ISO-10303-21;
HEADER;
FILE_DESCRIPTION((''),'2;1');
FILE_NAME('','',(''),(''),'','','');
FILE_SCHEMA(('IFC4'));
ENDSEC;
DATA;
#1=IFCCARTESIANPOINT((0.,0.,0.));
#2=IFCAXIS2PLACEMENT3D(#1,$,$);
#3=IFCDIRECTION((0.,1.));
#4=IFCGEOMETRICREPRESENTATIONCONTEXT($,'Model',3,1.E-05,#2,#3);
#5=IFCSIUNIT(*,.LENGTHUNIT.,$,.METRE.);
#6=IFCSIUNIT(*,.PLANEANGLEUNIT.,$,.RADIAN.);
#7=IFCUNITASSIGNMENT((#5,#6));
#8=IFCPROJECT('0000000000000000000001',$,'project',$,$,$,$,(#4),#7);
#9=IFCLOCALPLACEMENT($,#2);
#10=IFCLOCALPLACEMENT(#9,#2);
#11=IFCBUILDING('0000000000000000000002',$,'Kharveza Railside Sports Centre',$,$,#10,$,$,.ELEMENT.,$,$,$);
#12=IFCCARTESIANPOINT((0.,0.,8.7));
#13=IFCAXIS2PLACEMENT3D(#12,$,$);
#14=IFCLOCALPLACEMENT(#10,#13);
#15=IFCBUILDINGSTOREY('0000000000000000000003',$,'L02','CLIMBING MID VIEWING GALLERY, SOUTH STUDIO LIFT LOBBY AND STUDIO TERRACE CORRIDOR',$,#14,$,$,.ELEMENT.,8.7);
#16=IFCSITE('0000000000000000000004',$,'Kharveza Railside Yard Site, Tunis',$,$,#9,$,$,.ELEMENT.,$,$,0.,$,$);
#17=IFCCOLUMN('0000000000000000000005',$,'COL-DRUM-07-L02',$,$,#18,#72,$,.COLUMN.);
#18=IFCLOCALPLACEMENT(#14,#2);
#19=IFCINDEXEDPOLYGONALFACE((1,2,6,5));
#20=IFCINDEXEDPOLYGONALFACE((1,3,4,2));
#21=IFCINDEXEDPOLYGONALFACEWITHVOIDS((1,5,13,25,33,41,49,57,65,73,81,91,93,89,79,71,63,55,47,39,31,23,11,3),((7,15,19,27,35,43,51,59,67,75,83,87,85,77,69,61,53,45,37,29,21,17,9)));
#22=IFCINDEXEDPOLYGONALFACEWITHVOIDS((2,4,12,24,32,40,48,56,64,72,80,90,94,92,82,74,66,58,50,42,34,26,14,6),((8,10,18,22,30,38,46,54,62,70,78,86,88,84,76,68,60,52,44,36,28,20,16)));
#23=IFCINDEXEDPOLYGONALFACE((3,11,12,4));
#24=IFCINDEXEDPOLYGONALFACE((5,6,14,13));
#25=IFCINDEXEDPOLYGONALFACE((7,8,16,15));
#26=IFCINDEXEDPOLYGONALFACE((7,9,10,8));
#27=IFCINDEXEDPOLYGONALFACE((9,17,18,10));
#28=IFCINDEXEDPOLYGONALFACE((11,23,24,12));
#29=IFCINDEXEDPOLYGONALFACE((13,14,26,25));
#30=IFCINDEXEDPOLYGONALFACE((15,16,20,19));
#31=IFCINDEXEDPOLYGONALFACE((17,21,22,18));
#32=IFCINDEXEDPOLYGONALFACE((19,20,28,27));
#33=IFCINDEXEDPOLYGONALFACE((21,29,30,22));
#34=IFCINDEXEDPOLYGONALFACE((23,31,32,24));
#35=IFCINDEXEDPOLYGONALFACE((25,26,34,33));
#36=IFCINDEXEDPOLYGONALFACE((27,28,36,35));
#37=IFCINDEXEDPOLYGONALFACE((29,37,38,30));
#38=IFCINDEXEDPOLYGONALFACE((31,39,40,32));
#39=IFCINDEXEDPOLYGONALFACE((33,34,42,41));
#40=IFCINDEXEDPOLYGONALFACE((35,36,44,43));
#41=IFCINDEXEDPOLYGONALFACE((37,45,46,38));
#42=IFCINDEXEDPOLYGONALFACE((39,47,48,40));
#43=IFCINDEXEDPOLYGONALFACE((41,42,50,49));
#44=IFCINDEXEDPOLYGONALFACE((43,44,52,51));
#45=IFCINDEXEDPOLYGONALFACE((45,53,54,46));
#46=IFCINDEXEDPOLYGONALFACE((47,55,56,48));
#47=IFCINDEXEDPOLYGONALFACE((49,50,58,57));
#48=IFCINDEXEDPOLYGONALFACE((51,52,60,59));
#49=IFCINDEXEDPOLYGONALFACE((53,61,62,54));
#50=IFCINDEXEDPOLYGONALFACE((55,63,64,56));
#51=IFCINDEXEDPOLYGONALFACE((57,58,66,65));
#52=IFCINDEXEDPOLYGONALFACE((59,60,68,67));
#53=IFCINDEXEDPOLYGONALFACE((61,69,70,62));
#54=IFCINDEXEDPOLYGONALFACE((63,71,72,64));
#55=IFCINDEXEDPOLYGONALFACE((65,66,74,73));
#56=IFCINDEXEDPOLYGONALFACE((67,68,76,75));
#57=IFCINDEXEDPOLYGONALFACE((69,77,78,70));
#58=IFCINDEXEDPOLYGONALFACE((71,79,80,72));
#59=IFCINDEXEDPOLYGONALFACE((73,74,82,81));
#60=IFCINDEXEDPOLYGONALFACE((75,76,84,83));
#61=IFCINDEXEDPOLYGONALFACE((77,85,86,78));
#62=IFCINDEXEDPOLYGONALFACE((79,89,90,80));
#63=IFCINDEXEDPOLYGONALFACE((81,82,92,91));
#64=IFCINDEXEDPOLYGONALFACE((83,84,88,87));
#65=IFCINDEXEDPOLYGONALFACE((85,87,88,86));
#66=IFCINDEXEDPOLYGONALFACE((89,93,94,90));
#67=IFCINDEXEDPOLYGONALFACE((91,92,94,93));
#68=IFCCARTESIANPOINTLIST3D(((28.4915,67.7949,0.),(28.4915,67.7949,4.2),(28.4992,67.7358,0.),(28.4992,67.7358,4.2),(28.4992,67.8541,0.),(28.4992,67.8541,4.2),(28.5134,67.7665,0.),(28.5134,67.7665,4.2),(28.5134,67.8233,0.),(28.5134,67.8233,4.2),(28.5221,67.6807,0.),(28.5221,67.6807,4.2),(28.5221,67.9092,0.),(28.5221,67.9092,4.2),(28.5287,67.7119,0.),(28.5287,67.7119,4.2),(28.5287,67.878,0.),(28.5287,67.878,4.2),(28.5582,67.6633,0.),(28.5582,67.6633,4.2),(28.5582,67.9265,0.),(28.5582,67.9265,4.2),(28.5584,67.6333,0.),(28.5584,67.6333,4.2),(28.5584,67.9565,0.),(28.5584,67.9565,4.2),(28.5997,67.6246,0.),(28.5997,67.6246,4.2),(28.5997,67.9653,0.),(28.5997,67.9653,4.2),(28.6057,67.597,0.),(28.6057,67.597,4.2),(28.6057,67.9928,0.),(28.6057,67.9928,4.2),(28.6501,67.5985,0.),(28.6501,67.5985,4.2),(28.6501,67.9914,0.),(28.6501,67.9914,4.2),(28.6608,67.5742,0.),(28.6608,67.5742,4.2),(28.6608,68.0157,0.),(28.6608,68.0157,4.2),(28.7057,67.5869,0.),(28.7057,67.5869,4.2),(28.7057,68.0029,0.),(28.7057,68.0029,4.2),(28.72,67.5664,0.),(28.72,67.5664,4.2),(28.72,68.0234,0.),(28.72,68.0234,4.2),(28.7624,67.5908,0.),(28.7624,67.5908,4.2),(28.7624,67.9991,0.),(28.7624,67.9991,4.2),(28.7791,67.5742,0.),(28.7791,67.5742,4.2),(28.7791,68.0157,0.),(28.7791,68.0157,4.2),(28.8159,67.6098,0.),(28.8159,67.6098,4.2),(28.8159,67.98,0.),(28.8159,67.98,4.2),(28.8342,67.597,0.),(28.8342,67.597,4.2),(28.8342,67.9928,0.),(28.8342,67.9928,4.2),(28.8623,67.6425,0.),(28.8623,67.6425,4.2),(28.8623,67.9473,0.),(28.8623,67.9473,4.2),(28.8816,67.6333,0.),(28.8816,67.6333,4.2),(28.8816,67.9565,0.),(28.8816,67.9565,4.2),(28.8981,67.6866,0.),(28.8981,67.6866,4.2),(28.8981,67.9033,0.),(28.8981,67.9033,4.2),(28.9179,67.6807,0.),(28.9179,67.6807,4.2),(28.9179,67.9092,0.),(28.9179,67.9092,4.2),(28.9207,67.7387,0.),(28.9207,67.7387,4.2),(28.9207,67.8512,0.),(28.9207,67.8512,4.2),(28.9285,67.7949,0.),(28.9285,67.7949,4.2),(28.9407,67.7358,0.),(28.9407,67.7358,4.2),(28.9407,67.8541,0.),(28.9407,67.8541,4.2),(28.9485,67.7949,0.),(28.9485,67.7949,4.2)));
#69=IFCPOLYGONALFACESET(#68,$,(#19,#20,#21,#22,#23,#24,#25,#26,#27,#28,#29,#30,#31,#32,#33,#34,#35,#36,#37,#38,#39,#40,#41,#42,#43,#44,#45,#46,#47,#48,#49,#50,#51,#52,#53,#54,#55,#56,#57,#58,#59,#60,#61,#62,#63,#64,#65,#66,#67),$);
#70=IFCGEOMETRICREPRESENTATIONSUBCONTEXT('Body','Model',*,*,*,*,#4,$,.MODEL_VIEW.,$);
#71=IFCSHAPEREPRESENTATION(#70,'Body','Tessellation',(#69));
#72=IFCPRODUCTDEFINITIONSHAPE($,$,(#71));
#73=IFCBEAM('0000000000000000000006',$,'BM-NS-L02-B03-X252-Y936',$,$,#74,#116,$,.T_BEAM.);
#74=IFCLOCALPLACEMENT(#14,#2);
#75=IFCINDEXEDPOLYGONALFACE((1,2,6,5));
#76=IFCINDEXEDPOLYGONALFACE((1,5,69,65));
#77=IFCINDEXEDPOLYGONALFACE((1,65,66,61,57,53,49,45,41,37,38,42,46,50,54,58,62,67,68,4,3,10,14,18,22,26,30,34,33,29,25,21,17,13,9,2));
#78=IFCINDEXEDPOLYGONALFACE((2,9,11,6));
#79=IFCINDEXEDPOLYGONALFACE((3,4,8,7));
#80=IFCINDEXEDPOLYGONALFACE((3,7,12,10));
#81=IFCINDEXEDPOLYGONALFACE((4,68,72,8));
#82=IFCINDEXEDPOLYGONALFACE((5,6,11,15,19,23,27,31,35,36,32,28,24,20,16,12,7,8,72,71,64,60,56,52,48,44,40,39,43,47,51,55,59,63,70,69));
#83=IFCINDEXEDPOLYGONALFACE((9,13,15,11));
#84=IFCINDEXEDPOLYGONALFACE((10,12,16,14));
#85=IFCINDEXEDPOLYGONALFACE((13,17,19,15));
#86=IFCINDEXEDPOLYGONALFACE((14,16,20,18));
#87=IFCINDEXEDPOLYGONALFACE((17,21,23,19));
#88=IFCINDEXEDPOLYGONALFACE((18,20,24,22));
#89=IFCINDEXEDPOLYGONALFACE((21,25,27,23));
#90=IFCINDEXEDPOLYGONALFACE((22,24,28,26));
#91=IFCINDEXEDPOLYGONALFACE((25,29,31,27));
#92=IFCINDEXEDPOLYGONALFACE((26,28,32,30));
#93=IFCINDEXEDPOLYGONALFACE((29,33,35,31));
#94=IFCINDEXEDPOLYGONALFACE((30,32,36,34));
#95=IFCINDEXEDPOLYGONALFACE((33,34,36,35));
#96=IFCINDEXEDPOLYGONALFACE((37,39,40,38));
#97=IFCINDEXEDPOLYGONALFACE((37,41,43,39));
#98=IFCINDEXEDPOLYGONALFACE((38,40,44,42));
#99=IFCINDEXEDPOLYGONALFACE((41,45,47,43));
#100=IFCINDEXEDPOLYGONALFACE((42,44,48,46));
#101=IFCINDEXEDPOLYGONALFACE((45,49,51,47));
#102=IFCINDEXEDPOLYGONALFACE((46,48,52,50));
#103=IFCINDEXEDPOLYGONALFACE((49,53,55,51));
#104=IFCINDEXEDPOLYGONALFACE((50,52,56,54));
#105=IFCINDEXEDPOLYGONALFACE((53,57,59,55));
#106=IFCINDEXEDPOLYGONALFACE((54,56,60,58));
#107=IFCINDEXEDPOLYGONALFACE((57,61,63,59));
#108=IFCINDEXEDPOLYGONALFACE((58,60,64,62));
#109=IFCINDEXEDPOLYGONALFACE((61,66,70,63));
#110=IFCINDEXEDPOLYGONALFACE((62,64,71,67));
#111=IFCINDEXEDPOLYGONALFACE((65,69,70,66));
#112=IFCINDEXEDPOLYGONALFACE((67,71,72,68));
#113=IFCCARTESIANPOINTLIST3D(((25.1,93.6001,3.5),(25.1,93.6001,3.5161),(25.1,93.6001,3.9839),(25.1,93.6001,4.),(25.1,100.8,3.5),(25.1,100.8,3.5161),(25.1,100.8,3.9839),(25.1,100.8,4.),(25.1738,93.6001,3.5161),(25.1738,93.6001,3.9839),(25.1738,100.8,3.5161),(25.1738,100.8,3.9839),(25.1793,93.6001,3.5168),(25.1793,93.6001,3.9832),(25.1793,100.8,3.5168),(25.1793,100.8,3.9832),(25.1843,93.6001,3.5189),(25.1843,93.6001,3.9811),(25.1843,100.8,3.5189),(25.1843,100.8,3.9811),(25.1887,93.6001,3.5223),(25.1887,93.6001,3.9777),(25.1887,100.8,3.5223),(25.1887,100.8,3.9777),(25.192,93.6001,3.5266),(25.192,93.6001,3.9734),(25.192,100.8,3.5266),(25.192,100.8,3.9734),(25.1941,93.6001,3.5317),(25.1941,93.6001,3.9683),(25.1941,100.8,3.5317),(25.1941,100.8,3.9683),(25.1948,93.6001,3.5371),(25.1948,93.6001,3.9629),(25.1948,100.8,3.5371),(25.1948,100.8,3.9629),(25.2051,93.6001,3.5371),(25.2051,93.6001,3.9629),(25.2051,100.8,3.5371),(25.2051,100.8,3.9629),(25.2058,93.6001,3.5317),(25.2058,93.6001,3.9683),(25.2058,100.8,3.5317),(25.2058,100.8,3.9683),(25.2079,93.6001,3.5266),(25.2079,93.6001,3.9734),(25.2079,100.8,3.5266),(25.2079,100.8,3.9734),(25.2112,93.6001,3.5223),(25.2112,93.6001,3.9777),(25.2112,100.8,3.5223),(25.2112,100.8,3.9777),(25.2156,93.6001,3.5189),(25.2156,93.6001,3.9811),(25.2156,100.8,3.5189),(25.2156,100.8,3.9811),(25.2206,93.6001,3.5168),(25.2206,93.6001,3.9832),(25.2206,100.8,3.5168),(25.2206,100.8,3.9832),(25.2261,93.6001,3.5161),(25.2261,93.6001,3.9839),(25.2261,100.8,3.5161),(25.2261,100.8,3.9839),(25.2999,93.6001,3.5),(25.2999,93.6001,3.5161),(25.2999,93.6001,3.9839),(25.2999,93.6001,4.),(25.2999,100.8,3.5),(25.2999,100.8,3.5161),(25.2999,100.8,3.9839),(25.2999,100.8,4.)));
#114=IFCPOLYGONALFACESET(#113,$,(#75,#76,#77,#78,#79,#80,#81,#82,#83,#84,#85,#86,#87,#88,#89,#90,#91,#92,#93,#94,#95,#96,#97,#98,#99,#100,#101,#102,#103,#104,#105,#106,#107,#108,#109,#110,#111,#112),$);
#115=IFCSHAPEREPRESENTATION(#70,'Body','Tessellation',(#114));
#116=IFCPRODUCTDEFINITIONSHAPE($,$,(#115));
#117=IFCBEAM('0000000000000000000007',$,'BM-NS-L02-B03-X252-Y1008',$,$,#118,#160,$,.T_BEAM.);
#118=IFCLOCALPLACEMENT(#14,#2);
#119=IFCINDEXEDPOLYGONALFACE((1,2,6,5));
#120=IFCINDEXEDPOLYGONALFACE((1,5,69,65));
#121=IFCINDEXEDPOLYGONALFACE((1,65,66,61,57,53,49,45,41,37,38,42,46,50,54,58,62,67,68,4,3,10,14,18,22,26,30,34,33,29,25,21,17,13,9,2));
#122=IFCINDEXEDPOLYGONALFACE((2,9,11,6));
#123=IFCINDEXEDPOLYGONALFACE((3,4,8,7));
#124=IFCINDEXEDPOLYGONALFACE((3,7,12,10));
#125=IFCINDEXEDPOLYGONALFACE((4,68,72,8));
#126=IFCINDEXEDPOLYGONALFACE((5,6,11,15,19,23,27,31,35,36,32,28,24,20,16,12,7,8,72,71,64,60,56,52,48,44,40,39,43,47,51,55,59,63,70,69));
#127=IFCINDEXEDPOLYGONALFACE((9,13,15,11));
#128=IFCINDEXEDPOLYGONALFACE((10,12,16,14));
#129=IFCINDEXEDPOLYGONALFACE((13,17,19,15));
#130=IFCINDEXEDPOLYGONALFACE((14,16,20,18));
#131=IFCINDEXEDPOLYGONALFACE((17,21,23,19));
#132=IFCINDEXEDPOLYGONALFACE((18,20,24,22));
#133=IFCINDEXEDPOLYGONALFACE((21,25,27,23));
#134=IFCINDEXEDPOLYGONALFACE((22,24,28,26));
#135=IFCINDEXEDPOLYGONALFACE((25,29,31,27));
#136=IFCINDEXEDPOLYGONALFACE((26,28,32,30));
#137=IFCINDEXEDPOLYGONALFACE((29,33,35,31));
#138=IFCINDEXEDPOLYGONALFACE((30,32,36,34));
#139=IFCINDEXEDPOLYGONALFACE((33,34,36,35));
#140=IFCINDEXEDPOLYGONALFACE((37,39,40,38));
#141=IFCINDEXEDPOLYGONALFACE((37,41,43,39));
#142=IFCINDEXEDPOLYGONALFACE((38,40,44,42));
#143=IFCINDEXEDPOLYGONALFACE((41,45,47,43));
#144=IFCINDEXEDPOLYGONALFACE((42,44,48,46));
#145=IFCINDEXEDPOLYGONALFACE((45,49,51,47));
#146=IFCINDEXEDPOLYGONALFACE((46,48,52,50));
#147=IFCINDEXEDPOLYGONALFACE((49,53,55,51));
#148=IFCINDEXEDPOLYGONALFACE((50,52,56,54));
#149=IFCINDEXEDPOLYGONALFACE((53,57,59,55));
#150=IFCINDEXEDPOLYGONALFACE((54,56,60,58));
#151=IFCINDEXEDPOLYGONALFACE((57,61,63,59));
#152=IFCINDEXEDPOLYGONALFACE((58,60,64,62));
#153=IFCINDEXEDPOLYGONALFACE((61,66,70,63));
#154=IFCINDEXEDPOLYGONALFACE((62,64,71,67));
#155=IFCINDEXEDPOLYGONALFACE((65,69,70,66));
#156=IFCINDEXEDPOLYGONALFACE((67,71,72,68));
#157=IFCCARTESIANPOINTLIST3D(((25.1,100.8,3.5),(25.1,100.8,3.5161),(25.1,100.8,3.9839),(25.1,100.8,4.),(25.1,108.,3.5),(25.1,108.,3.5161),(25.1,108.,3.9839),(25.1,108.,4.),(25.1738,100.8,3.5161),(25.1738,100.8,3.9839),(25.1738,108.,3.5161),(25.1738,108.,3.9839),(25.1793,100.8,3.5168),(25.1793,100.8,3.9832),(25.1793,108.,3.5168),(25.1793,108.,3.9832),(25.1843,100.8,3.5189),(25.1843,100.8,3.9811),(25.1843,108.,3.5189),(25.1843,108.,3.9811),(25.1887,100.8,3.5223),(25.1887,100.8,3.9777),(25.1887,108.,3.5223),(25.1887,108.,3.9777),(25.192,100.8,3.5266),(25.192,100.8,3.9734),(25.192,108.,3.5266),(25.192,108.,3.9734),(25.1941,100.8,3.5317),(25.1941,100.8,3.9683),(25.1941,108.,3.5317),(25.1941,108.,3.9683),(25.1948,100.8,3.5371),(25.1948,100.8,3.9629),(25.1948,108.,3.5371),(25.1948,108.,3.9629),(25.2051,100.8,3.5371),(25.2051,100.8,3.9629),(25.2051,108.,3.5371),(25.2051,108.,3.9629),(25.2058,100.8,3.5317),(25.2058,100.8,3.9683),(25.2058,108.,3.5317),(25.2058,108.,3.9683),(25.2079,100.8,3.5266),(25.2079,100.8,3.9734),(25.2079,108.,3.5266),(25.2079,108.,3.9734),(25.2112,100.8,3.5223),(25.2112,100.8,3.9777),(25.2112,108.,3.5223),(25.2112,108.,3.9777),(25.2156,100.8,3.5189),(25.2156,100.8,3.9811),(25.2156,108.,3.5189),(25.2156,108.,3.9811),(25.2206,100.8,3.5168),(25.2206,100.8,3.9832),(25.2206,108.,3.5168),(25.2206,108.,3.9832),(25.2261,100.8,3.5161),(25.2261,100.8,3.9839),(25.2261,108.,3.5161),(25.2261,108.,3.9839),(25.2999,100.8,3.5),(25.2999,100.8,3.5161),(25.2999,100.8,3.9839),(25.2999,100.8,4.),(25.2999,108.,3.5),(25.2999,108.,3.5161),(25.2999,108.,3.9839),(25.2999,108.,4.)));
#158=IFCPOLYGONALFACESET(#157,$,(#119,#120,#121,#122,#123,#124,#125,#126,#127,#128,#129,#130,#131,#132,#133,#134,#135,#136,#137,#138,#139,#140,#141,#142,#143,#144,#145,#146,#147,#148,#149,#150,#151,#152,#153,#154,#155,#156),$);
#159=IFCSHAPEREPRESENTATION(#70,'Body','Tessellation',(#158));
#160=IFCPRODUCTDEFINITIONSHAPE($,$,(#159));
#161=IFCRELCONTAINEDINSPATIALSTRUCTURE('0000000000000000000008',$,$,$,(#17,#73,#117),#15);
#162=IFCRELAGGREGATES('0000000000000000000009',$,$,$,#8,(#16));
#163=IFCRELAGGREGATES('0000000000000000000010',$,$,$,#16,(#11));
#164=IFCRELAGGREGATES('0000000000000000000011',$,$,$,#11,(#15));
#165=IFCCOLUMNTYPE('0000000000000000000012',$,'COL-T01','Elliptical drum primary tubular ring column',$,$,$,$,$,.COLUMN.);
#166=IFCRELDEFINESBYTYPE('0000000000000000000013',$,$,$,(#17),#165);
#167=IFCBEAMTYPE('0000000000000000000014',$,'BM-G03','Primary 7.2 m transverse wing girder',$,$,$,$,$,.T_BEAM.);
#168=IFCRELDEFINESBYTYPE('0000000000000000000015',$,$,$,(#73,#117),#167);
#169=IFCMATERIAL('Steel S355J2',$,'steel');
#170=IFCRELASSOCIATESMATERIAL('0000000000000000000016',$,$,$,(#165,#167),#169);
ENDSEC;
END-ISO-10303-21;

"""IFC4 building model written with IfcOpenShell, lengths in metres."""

from ifc_helpers import new_model, si_unit, direction, frame, origin, origin_2d, place, context, subcontext, project, spatial, hollow_circle, i_section, extrude, material, material_profile, profile_set, type_object, element, save


model = new_model("IFC4")

# Units and contexts
model_context = context("Model", 3, precision=1e-05, world=origin(), true_north=direction((0.0, 1.0)))
body_context = subcontext(model_context, "Body", "Model", "MODEL_VIEW")
ifc_project = project(units=[si_unit("LENGTHUNIT", "METRE"), si_unit("PLANEANGLEUNIT", "RADIAN")], contexts=[model_context])

# Site, building, storey
site_placement = place(None, origin())
site = spatial("IfcSite", under=ifc_project, at=site_placement, Name="Kharveza Railside Yard Site, Tunis", CompositionType="ELEMENT", RefElevation=0.0)
building_placement = place(site_placement, origin())
building = spatial("IfcBuilding", under=site, at=building_placement, Name="Kharveza Railside Sports Centre", CompositionType="ELEMENT")
storey_placement = place(building_placement, frame((0.0, 0.0, 8.7)))
storey = spatial("IfcBuildingStorey", under=building, at=storey_placement, Name="L02", Description="CLIMBING MID VIEWING GALLERY, SOUTH STUDIO LIFT LOBBY AND STUDIO TERRACE CORRIDOR", CompositionType="ELEMENT", Elevation=8.7)

# Column
ifc_material_1 = material(Name="Steel S355J2", Category="steel")
ifc_material_profile_1 = material_profile(ifc_material_1, hollow_circle(Radius=0.2285, WallThickness=0.02, at=origin_2d()), Name="CHS 457.0x20.0")
ifc_profile_set_1 = profile_set([ifc_material_profile_1], Name="Steel S355J2")
column_type_1 = type_object("IfcColumnType", Name="COL-T01", Description="Elliptical drum primary tubular ring column", PredefinedType="COLUMN", material=ifc_profile_set_1)
for number, where, z_axis, x_axis, name in (
    (1, (28.72, 67.7949, 0.0), (0.0, 0.0, 1.0), (1.0, 0.0, 0.0), "COL-DRUM-07-L02"),
):
    element("IfcColumn", number, at=place(storey_placement, frame(where, z_axis=z_axis, x_axis=x_axis)), inside=storey, type_object=column_type_1, Name=name, PredefinedType="COLUMN", context=body_context, shape_type="SweptSolid", body=[
        extrude(hollow_circle(Radius=0.2285, WallThickness=0.02, at=origin_2d()), origin(), (0.0, 0.0, 1.0), 4.2),
    ])

# Beams
ifc_material_profile_2 = material_profile(ifc_material_1, i_section(OverallWidth=0.2, OverallDepth=0.5, WebThickness=0.0103, FlangeThickness=0.0161, FilletRadius=0.021, at=origin_2d()), Name="IPE 500")
ifc_profile_set_2 = profile_set([ifc_material_profile_2], Name="Steel S355J2")
beam_type_1 = type_object("IfcBeamType", Name="BM-G03", Description="Primary 7.2 m transverse wing girder", PredefinedType="T_BEAM", material=ifc_profile_set_2)
for number, where, z_axis, x_axis, name in (
    (2, (25.2, 93.6001, 3.75), (0.0, 1.0, 0.0), (-1.0, 0.0, 0.0), "BM-NS-L02-B03-X252-Y936"),
    (3, (25.2, 100.8, 3.75), (0.0, 1.0, 0.0), (-1.0, 0.0, 0.0), "BM-NS-L02-B03-X252-Y1008"),
):
    element("IfcBeam", number, at=place(storey_placement, frame(where, z_axis=z_axis, x_axis=x_axis)), inside=storey, type_object=beam_type_1, Name=name, PredefinedType="T_BEAM", context=body_context, shape_type="SweptSolid", body=[
        extrude(i_section(OverallWidth=0.2, OverallDepth=0.5, WebThickness=0.0103, FlangeThickness=0.0161, FilletRadius=0.021, at=origin_2d()), origin(), (0.0, 0.0, 1.0), 7.2),
    ])

save(model, "model.ifc")
